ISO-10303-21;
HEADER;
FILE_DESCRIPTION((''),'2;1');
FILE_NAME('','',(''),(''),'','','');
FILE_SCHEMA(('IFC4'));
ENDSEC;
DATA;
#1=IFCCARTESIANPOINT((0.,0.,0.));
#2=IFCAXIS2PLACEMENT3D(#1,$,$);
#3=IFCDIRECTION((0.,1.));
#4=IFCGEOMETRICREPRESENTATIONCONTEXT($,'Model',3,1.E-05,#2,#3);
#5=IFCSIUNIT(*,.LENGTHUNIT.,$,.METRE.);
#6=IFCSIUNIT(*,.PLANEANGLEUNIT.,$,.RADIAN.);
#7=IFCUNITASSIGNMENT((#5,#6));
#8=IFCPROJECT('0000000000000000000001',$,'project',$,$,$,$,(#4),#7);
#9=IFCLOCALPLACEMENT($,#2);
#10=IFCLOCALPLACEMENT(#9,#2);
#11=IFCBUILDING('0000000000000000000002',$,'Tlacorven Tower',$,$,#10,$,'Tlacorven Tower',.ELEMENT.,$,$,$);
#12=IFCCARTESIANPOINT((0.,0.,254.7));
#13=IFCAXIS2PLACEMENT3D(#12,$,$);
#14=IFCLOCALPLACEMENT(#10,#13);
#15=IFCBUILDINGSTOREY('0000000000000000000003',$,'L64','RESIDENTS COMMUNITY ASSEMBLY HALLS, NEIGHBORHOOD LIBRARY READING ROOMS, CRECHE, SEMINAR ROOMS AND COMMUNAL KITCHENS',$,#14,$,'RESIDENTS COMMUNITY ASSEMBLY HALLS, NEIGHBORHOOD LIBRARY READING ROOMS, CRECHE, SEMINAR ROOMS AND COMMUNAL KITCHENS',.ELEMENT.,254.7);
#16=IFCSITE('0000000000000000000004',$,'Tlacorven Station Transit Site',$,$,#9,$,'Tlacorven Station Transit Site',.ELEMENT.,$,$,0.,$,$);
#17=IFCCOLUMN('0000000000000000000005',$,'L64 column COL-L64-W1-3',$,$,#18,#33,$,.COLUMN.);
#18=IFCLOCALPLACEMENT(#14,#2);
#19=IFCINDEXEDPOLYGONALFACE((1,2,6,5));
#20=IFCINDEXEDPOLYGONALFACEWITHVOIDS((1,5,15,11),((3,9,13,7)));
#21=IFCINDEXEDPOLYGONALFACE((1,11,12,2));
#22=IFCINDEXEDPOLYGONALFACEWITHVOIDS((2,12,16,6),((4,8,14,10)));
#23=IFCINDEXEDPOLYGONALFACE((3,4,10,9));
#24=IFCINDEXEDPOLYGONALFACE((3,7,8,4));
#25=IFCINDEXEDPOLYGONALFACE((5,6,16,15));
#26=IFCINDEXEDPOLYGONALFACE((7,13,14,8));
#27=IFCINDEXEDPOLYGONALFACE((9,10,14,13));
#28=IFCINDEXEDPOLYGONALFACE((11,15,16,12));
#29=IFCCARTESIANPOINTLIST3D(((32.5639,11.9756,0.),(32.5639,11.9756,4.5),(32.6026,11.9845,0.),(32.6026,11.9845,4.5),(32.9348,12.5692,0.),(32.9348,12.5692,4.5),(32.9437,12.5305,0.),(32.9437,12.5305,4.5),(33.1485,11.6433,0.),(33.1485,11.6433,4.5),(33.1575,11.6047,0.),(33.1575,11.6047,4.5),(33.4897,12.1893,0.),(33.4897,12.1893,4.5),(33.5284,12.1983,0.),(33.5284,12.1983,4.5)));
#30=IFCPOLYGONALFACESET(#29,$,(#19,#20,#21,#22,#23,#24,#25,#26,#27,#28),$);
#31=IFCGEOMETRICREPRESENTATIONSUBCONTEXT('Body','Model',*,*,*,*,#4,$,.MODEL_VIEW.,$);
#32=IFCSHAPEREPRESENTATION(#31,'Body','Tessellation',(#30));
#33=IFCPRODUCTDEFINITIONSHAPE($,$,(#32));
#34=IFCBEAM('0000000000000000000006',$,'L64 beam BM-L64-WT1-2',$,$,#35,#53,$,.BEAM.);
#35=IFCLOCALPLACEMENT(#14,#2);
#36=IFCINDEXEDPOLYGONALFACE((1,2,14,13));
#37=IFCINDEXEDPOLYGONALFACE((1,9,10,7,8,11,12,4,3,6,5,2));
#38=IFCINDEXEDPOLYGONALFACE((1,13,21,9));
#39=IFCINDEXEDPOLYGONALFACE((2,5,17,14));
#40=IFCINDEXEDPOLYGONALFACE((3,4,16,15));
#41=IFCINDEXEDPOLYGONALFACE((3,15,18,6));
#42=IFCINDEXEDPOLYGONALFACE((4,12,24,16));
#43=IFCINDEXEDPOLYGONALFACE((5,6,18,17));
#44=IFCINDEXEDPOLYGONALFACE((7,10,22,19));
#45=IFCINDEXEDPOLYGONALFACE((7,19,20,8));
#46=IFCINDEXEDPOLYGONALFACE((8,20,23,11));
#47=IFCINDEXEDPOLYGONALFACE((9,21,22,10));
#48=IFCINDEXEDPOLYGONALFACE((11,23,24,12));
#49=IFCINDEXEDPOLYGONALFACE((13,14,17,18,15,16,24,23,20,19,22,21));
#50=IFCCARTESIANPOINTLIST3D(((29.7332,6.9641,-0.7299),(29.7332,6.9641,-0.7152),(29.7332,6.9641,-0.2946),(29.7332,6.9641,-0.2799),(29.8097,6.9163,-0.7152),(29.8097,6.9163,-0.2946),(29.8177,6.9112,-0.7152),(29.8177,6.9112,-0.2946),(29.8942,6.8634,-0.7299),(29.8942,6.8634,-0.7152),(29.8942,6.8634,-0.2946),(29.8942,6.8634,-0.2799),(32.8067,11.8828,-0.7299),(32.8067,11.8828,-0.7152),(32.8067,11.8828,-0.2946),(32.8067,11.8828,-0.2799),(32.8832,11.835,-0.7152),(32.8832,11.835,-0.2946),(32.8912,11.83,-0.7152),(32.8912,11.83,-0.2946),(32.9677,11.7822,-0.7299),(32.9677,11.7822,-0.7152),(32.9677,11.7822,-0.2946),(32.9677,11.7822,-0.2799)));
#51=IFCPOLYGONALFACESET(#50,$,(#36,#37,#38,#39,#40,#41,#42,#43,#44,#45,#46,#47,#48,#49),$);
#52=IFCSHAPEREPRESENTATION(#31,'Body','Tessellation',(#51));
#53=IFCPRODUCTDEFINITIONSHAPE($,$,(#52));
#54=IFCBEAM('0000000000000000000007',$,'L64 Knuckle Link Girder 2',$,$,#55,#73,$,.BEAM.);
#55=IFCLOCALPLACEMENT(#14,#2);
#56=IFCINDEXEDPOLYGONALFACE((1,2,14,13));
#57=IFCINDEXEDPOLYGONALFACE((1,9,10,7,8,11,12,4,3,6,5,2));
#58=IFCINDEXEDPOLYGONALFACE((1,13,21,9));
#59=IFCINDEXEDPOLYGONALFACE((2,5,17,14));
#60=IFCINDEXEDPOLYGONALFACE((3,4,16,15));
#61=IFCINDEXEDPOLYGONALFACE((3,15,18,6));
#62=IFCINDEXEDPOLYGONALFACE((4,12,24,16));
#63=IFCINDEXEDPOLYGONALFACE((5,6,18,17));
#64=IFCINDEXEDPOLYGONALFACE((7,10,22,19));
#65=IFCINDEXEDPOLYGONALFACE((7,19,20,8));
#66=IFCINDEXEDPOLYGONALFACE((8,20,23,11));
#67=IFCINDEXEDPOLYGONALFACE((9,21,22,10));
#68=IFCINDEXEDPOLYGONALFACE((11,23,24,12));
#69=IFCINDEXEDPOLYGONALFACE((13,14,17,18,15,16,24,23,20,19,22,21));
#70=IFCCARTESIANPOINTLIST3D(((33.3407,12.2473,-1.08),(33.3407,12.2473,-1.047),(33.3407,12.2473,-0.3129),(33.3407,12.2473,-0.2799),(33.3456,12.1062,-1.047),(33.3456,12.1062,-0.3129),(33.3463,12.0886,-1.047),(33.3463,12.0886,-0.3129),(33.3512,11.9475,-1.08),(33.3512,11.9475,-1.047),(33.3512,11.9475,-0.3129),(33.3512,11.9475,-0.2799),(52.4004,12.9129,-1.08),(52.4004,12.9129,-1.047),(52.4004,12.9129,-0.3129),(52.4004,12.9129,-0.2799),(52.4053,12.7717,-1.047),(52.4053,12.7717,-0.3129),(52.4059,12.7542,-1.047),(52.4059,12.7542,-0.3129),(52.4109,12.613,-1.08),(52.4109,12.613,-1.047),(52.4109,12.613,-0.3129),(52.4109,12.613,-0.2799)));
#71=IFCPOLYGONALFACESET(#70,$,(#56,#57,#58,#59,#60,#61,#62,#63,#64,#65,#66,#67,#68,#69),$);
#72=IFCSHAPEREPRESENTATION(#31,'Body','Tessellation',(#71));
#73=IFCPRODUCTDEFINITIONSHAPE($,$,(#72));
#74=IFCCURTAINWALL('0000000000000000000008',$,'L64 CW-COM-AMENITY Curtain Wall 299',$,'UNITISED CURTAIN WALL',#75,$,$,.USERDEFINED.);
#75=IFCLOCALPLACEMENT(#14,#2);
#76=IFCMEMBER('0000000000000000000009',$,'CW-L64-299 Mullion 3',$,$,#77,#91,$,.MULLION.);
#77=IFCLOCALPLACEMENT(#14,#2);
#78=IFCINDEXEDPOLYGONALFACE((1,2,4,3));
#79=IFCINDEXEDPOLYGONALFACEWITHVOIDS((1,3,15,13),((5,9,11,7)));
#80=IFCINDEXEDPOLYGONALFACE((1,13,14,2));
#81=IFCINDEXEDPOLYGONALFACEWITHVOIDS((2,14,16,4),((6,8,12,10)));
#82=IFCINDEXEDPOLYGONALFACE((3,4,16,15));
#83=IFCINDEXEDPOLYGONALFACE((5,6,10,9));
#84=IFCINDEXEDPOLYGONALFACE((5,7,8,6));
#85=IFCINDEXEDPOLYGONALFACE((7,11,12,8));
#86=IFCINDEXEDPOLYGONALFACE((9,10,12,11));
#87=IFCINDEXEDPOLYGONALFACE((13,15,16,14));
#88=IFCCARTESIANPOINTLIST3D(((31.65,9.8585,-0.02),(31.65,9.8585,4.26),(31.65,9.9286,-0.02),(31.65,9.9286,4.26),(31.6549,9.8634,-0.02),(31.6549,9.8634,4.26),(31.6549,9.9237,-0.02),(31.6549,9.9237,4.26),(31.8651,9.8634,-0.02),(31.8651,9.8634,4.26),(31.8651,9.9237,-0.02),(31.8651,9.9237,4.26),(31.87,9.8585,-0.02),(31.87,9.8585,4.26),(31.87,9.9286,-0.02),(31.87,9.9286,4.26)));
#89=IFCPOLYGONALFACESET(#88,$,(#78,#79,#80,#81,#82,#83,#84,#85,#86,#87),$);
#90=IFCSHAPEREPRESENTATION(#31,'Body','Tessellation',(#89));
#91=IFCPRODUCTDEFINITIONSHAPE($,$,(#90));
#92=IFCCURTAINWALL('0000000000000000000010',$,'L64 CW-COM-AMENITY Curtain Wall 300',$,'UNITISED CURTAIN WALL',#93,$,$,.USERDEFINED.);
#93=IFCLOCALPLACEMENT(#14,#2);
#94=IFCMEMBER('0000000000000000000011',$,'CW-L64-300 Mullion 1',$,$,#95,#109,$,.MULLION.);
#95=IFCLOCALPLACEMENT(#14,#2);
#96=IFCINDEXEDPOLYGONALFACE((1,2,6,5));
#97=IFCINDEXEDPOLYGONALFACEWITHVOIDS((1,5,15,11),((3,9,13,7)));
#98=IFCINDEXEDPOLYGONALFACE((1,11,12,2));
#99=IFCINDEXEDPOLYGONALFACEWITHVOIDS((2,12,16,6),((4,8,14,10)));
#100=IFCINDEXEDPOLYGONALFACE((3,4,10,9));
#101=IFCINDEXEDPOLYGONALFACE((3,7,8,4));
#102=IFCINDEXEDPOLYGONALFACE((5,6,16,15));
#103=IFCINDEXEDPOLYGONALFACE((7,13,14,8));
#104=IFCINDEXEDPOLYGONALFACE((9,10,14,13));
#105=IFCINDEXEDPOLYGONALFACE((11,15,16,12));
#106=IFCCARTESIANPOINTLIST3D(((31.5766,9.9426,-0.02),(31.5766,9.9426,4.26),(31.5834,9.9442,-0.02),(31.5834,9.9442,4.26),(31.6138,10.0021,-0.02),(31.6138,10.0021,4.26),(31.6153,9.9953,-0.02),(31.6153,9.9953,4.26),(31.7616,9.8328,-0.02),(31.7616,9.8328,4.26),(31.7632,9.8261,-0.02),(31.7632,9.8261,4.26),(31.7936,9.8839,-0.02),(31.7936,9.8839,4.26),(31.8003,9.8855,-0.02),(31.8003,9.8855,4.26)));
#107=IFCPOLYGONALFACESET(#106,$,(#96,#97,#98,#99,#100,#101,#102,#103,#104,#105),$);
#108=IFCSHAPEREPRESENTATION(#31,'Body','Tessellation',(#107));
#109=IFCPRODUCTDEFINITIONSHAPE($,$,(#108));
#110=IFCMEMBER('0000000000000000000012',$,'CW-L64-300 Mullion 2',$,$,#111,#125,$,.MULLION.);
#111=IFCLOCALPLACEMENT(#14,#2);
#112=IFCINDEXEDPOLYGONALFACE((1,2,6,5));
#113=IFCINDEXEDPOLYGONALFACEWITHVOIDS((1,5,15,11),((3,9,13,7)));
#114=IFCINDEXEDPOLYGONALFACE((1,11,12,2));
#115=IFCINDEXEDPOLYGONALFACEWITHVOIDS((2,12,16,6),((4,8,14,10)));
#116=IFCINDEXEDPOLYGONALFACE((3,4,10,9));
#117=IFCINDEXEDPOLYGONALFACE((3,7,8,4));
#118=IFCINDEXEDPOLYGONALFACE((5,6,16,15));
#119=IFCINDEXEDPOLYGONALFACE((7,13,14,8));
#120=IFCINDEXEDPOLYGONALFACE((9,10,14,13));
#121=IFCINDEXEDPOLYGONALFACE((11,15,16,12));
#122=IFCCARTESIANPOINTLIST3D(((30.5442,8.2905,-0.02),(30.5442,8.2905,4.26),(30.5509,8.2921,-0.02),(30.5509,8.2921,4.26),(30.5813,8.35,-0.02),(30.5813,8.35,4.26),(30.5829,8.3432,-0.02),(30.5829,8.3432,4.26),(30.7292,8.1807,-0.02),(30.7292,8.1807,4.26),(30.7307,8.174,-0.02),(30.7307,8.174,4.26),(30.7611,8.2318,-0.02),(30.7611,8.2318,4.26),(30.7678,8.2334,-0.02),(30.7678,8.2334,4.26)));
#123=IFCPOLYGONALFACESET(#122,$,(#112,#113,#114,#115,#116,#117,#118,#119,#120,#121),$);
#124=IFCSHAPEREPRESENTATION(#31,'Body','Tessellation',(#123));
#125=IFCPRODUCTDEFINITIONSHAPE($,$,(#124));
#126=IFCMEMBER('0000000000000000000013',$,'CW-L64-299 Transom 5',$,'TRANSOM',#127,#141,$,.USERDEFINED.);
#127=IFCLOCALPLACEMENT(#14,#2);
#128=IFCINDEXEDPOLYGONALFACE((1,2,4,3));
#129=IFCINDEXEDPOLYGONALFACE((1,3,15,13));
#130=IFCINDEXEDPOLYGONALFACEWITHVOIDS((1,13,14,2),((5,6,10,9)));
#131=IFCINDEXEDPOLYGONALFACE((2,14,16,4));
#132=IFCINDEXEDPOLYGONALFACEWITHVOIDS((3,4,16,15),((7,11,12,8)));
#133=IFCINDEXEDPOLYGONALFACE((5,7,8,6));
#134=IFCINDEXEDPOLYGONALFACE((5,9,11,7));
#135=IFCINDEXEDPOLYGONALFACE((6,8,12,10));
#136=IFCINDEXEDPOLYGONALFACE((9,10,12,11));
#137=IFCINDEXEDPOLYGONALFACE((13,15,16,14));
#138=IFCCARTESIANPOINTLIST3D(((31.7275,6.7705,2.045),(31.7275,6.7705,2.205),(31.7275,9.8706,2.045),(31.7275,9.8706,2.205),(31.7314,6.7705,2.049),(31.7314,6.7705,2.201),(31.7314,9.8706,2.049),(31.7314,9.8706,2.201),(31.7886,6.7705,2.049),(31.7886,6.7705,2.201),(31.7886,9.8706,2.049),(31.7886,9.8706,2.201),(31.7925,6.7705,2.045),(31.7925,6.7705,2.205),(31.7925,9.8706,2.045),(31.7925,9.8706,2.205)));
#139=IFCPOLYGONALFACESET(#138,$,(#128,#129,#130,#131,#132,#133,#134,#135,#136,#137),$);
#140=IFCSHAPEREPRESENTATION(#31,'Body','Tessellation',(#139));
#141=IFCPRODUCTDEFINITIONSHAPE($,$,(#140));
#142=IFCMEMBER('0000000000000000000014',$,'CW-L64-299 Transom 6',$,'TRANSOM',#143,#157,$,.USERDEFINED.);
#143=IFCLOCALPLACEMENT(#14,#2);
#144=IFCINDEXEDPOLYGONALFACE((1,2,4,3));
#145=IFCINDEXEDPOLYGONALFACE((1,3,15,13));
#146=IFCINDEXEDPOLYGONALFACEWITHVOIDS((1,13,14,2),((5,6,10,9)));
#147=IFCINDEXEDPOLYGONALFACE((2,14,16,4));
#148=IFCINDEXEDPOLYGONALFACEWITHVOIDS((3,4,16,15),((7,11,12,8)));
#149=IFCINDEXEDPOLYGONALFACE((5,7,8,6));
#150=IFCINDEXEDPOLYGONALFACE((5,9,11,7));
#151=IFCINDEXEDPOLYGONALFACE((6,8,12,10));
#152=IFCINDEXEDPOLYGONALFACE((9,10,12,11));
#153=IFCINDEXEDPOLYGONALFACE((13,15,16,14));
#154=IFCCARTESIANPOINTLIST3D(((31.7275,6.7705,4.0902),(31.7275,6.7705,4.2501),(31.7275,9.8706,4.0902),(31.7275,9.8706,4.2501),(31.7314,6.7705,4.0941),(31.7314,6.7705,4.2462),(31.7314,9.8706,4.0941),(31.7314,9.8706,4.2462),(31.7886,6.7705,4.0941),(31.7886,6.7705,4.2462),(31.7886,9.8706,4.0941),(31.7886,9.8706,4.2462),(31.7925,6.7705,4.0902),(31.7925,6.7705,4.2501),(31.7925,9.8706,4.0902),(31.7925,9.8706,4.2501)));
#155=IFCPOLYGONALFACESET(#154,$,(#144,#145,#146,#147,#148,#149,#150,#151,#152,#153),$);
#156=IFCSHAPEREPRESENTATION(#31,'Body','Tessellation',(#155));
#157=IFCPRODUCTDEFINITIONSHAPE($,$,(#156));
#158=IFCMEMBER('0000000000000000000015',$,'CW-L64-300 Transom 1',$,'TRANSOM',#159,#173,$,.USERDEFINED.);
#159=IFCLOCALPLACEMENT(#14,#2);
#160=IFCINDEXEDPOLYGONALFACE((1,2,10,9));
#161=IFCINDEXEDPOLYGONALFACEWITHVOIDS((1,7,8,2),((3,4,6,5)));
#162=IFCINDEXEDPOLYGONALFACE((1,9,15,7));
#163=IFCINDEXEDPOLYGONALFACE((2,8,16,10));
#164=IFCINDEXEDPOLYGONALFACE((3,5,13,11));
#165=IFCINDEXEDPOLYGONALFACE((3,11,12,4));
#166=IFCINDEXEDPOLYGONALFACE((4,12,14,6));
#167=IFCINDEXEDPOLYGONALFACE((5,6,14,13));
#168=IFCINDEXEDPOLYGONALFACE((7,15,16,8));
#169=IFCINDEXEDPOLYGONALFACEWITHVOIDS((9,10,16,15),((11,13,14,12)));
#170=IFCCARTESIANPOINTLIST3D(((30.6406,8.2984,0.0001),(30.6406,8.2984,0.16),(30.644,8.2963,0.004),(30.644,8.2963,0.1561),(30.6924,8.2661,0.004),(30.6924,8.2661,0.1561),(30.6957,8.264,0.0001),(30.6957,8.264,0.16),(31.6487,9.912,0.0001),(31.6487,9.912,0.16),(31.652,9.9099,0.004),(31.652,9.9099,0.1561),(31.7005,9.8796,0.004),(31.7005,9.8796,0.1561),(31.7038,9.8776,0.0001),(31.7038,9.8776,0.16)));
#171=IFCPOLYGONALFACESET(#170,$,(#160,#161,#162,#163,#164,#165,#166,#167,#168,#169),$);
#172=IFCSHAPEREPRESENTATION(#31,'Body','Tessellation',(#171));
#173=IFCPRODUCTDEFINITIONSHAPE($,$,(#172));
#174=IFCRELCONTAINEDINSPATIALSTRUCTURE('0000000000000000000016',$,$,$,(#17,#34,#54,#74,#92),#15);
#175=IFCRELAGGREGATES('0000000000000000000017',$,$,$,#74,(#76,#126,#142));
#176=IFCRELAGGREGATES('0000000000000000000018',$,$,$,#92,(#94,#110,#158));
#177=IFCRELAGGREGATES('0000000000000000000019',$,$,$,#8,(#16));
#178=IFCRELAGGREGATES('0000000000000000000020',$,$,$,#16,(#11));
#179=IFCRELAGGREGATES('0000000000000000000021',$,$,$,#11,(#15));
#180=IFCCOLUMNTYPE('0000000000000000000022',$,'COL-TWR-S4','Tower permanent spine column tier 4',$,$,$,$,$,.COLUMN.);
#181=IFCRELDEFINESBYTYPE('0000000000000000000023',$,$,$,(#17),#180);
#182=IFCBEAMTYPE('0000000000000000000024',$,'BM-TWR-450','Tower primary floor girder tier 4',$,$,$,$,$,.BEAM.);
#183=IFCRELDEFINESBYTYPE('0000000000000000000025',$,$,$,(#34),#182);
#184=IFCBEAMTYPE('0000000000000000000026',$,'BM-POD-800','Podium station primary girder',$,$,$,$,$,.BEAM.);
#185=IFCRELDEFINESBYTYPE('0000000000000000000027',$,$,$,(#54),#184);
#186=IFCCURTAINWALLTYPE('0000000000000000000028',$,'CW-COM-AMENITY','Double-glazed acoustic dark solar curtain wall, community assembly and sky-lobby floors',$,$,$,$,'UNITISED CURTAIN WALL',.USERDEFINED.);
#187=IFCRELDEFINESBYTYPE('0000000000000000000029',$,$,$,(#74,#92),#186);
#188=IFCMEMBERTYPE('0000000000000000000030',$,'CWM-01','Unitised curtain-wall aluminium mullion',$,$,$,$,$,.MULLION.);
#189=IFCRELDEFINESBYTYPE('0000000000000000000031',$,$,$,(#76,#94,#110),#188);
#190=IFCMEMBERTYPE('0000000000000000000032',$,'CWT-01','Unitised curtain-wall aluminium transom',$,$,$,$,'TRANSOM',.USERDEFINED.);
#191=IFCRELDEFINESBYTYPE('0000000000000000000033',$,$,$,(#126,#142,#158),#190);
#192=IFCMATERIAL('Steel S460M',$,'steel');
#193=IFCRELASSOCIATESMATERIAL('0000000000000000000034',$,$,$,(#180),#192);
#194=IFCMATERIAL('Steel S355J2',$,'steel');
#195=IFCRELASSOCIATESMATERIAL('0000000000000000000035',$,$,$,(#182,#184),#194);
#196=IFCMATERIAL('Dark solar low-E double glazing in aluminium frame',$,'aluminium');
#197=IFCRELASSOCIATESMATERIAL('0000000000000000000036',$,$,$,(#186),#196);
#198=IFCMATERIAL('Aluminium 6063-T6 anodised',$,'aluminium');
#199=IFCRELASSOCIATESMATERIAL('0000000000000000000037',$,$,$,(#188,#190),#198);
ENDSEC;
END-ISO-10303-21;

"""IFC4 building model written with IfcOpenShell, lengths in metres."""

from ifc_helpers import new_model, si_unit, direction, frame, origin, origin_2d, place, context, subcontext, project, spatial, hollow_rectangle, i_section, extrude, source, transform, mapped, material, material_profile, profile_set, type_object, element, aggregate, save


model = new_model("IFC4")

# Units and contexts
model_context = context("Model", 3, precision=1e-05, world=origin(), true_north=direction((0.0, 1.0)))
body_context = subcontext(model_context, "Body", "Model", "MODEL_VIEW")
ifc_project = project(units=[si_unit("LENGTHUNIT", "METRE"), si_unit("PLANEANGLEUNIT", "RADIAN")], contexts=[model_context])

# Site, building, storey
site_placement = place(None, origin())
site = spatial("IfcSite", under=ifc_project, at=site_placement, Name="Tlacorven Station Transit Site", LongName="Tlacorven Station Transit Site", CompositionType="ELEMENT", RefElevation=0.0)
building_placement = place(site_placement, origin())
building = spatial("IfcBuilding", under=site, at=building_placement, Name="Tlacorven Tower", LongName="Tlacorven Tower", CompositionType="ELEMENT")
storey_placement = place(building_placement, frame((0.0, 0.0, 254.7)))
storey = spatial("IfcBuildingStorey", under=building, at=storey_placement, Name="L64", Description="RESIDENTS COMMUNITY ASSEMBLY HALLS, NEIGHBORHOOD LIBRARY READING ROOMS, CRECHE, SEMINAR ROOMS AND COMMUNAL KITCHENS", LongName="RESIDENTS COMMUNITY ASSEMBLY HALLS, NEIGHBORHOOD LIBRARY READING ROOMS, CRECHE, SEMINAR ROOMS AND COMMUNAL KITCHENS", CompositionType="ELEMENT", Elevation=254.7)

# Column
ifc_material_1 = material(Name="Steel S460M", Category="steel")
ifc_material_profile_1 = material_profile(ifc_material_1, hollow_rectangle(XDim=0.7, YDim=0.7, WallThickness=0.0281, at=origin_2d()), Name="BOX 700X700X28")
ifc_profile_set_1 = profile_set([ifc_material_profile_1], Name="Steel S460M")
column_type = type_object("IfcColumnType", Name="COL-TWR-S4", Description="Tower permanent spine column tier 4", PredefinedType="COLUMN", material=ifc_profile_set_1)
shared_shape_1 = source(origin(), body_context, "Body", "SweptSolid", [
    extrude(hollow_rectangle(XDim=0.7, YDim=0.7, WallThickness=0.0281, at=origin_2d()), origin(), (0.0, 0.0, 1.0), 4.5),
])
column_placement = place(storey_placement, frame((33.0461, 12.0869, 0.0), z_axis=(0.0, 0.0, 1.0), x_axis=(-0.848048, 0.529919, 0.0)))
element("IfcColumn", 1, at=column_placement, inside=storey, type_object=column_type, Name="L64 column COL-L64-W1-3", PredefinedType="COLUMN", context=body_context, shape_type="MappedRepresentation", body=[
    mapped(shared_shape_1, transform((0.0, 0.0, 0.0), scale=1.0)),
])

# Beams
ifc_material_2 = material(Name="Steel S355J2", Category="steel")
ifc_material_profile_2 = material_profile(ifc_material_2, i_section(OverallWidth=0.1899, OverallDepth=0.45, WebThickness=0.0095, FlangeThickness=0.0146, at=origin_2d()), Name="IPE 450")
ifc_profile_set_2 = profile_set([ifc_material_profile_2], Name="Steel S355J2")
beam_type_1 = type_object("IfcBeamType", Name="BM-TWR-450", Description="Tower primary floor girder tier 4", PredefinedType="BEAM", material=ifc_profile_set_2)
shared_shape_2 = source(origin(), body_context, "Body", "SweptSolid", [
    extrude(i_section(OverallWidth=0.1899, OverallDepth=0.45, WebThickness=0.0095, FlangeThickness=0.0146, at=origin_2d()), origin(), (0.0, 0.0, 1.0), 5.8),
])
beam_1_placement = place(storey_placement, frame((32.8872, 11.8325, -0.5049), z_axis=(-0.529912, -0.848053, 0.0), x_axis=(0.848053, -0.529912, 0.0)))
element("IfcBeam", 2, at=beam_1_placement, inside=storey, type_object=beam_type_1, Name="L64 beam BM-L64-WT1-2", PredefinedType="BEAM", context=body_context, shape_type="MappedRepresentation", body=[
    mapped(shared_shape_2, transform((0.0, 0.0, 0.0), scale=1.0)),
])
ifc_material_profile_3 = material_profile(ifc_material_2, i_section(OverallWidth=0.3, OverallDepth=0.8, WebThickness=0.0176, FlangeThickness=0.033, at=origin_2d()), Name="HEB 800")
ifc_profile_set_3 = profile_set([ifc_material_profile_3], Name="Steel S355J2")
beam_type_2 = type_object("IfcBeamType", Name="BM-POD-800", Description="Podium station primary girder", PredefinedType="BEAM", material=ifc_profile_set_3)
shared_shape_3 = source(origin(), body_context, "Body", "SweptSolid", [
    extrude(i_section(OverallWidth=0.3, OverallDepth=0.8, WebThickness=0.0176, FlangeThickness=0.033, at=origin_2d()), origin(), (0.0, 0.0, 1.0), 19.0713),
])
beam_2_placement = place(storey_placement, frame((33.3459, 12.0974, -0.6799), z_axis=(0.999391, 0.034897, 0.0), x_axis=(-0.034897, 0.999391, 0.0)))
element("IfcBeam", 3, at=beam_2_placement, inside=storey, type_object=beam_type_2, Name="L64 Knuckle Link Girder 2", PredefinedType="BEAM", context=body_context, shape_type="MappedRepresentation", body=[
    mapped(shared_shape_3, transform((0.0, 0.0, 0.0), scale=1.0)),
])

# Curtain wall, member
ifc_material_3 = material(Name="Dark solar low-E double glazing in aluminium frame", Category="aluminium")
curtain_wall_type = type_object("IfcCurtainWallType", Name="CW-COM-AMENITY", Description="Double-glazed acoustic dark solar curtain wall, community assembly and sky-lobby floors", ElementType="UNITISED CURTAIN WALL", PredefinedType="USERDEFINED", material=ifc_material_3)
curtain_wall_1_placement = place(storey_placement, origin())
curtain_wall_1 = element("IfcCurtainWall", 4, at=curtain_wall_1_placement, inside=storey, type_object=curtain_wall_type, Name="L64 CW-COM-AMENITY Curtain Wall 299", ObjectType="UNITISED CURTAIN WALL", PredefinedType="USERDEFINED")
ifc_material_4 = material(Name="Aluminium 6063-T6 anodised", Category="aluminium")
ifc_material_profile_4 = material_profile(ifc_material_4, hollow_rectangle(XDim=0.0701, YDim=0.22, WallThickness=0.0049, at=origin_2d()), Name="ALU MULLION 70X220")
ifc_profile_set_4 = profile_set([ifc_material_profile_4], Name="Aluminium 6063-T6 anodised")
member_type_1 = type_object("IfcMemberType", Name="CWM-01", Description="Unitised curtain-wall aluminium mullion", PredefinedType="MULLION", material=ifc_profile_set_4)
shared_shape_4 = source(origin(), body_context, "Body", "SweptSolid", [
    extrude(hollow_rectangle(XDim=0.0701, YDim=0.22, WallThickness=0.0049, at=origin_2d()), origin(), (0.0, 0.0, 1.0), 4.28),
])
member_1_placement = place(storey_placement, frame((31.76, 9.8936, -0.02), z_axis=(0.0, 0.0, 1.0), x_axis=(0.0, 1.0, 0.0)))
member_1 = element("IfcMember", 5, at=member_1_placement, type_object=member_type_1, Name="CW-L64-299 Mullion 3", PredefinedType="MULLION", context=body_context, shape_type="MappedRepresentation", body=[
    mapped(shared_shape_4, transform((0.0, 0.0, 0.0), scale=1.0)),
])

# Curtain wall, members
curtain_wall_2_placement = place(storey_placement, origin())
curtain_wall_2 = element("IfcCurtainWall", 6, at=curtain_wall_2_placement, inside=storey, type_object=curtain_wall_type, Name="L64 CW-COM-AMENITY Curtain Wall 300", ObjectType="UNITISED CURTAIN WALL", PredefinedType="USERDEFINED")
member_2_placement = place(storey_placement, frame((31.6885, 9.9141, -0.02), z_axis=(0.0, 0.0, 1.0), x_axis=(-0.529919, -0.848048, 0.0)))
member_2 = element("IfcMember", 7, at=member_2_placement, type_object=member_type_1, Name="CW-L64-300 Mullion 1", PredefinedType="MULLION", context=body_context, shape_type="MappedRepresentation", body=[
    mapped(shared_shape_4, transform((0.0, 0.0, 0.0), scale=1.0)),
])
member_3_placement = place(storey_placement, frame((30.656, 8.262, -0.02), z_axis=(0.0, 0.0, 1.0), x_axis=(-0.529919, -0.848048, 0.0)))
member_3 = element("IfcMember", 8, at=member_3_placement, type_object=member_type_1, Name="CW-L64-300 Mullion 2", PredefinedType="MULLION", context=body_context, shape_type="MappedRepresentation", body=[
    mapped(shared_shape_4, transform((0.0, 0.0, 0.0), scale=1.0)),
])

# Members
ifc_material_profile_5 = material_profile(ifc_material_4, hollow_rectangle(XDim=0.0649, YDim=0.1599, WallThickness=0.0039, at=origin_2d()), Name="ALU TRANSOM 65X160")
ifc_profile_set_5 = profile_set([ifc_material_profile_5], Name="Aluminium 6063-T6 anodised")
member_type_2 = type_object("IfcMemberType", Name="CWT-01", Description="Unitised curtain-wall aluminium transom", ElementType="TRANSOM", PredefinedType="USERDEFINED", material=ifc_profile_set_5)
shared_shape_5 = source(origin(), body_context, "Body", "SweptSolid", [
    extrude(hollow_rectangle(XDim=0.0649, YDim=0.1599, WallThickness=0.0039, at=origin_2d()), origin(), (0.0, 0.0, 1.0), 3.1001),
])
member_4_placement = place(storey_placement, frame((31.76, 6.7705, 2.125), z_axis=(0.0, 1.0, 0.0), x_axis=(-1.0, 0.0, 0.0)))
member_4 = element("IfcMember", 9, at=member_4_placement, type_object=member_type_2, Name="CW-L64-299 Transom 5", ObjectType="TRANSOM", PredefinedType="USERDEFINED", context=body_context, shape_type="MappedRepresentation", body=[
    mapped(shared_shape_5, transform((0.0, 0.0, 0.0), scale=1.0)),
])
member_5_placement = place(storey_placement, frame((31.76, 6.7705, 4.1702), z_axis=(0.0, 1.0, 0.0), x_axis=(-1.0, 0.0, 0.0)))
member_5 = element("IfcMember", 10, at=member_5_placement, type_object=member_type_2, Name="CW-L64-299 Transom 6", ObjectType="TRANSOM", PredefinedType="USERDEFINED", context=body_context, shape_type="MappedRepresentation", body=[
    mapped(shared_shape_5, transform((0.0, 0.0, 0.0), scale=1.0)),
])
shared_shape_6 = source(origin(), body_context, "Body", "SweptSolid", [
    extrude(hollow_rectangle(XDim=0.0649, YDim=0.1599, WallThickness=0.0039, at=origin_2d()), origin(), (0.0, 0.0, 1.0), 1.9026),
])
member_6_placement = place(storey_placement, frame((31.6763, 9.8948, 0.0801), z_axis=(-0.529849, -0.848092, 0.0), x_axis=(0.848092, -0.529849, 0.0)))
member_6 = element("IfcMember", 11, at=member_6_placement, type_object=member_type_2, Name="CW-L64-300 Transom 1", ObjectType="TRANSOM", PredefinedType="USERDEFINED", context=body_context, shape_type="MappedRepresentation", body=[
    mapped(shared_shape_6, transform((0.0, 0.0, 0.0), scale=1.0)),
])

aggregate(curtain_wall_1, [member_1, member_4, member_5])
aggregate(curtain_wall_2, [member_2, member_3, member_6])

save(model, "model.ifc")
